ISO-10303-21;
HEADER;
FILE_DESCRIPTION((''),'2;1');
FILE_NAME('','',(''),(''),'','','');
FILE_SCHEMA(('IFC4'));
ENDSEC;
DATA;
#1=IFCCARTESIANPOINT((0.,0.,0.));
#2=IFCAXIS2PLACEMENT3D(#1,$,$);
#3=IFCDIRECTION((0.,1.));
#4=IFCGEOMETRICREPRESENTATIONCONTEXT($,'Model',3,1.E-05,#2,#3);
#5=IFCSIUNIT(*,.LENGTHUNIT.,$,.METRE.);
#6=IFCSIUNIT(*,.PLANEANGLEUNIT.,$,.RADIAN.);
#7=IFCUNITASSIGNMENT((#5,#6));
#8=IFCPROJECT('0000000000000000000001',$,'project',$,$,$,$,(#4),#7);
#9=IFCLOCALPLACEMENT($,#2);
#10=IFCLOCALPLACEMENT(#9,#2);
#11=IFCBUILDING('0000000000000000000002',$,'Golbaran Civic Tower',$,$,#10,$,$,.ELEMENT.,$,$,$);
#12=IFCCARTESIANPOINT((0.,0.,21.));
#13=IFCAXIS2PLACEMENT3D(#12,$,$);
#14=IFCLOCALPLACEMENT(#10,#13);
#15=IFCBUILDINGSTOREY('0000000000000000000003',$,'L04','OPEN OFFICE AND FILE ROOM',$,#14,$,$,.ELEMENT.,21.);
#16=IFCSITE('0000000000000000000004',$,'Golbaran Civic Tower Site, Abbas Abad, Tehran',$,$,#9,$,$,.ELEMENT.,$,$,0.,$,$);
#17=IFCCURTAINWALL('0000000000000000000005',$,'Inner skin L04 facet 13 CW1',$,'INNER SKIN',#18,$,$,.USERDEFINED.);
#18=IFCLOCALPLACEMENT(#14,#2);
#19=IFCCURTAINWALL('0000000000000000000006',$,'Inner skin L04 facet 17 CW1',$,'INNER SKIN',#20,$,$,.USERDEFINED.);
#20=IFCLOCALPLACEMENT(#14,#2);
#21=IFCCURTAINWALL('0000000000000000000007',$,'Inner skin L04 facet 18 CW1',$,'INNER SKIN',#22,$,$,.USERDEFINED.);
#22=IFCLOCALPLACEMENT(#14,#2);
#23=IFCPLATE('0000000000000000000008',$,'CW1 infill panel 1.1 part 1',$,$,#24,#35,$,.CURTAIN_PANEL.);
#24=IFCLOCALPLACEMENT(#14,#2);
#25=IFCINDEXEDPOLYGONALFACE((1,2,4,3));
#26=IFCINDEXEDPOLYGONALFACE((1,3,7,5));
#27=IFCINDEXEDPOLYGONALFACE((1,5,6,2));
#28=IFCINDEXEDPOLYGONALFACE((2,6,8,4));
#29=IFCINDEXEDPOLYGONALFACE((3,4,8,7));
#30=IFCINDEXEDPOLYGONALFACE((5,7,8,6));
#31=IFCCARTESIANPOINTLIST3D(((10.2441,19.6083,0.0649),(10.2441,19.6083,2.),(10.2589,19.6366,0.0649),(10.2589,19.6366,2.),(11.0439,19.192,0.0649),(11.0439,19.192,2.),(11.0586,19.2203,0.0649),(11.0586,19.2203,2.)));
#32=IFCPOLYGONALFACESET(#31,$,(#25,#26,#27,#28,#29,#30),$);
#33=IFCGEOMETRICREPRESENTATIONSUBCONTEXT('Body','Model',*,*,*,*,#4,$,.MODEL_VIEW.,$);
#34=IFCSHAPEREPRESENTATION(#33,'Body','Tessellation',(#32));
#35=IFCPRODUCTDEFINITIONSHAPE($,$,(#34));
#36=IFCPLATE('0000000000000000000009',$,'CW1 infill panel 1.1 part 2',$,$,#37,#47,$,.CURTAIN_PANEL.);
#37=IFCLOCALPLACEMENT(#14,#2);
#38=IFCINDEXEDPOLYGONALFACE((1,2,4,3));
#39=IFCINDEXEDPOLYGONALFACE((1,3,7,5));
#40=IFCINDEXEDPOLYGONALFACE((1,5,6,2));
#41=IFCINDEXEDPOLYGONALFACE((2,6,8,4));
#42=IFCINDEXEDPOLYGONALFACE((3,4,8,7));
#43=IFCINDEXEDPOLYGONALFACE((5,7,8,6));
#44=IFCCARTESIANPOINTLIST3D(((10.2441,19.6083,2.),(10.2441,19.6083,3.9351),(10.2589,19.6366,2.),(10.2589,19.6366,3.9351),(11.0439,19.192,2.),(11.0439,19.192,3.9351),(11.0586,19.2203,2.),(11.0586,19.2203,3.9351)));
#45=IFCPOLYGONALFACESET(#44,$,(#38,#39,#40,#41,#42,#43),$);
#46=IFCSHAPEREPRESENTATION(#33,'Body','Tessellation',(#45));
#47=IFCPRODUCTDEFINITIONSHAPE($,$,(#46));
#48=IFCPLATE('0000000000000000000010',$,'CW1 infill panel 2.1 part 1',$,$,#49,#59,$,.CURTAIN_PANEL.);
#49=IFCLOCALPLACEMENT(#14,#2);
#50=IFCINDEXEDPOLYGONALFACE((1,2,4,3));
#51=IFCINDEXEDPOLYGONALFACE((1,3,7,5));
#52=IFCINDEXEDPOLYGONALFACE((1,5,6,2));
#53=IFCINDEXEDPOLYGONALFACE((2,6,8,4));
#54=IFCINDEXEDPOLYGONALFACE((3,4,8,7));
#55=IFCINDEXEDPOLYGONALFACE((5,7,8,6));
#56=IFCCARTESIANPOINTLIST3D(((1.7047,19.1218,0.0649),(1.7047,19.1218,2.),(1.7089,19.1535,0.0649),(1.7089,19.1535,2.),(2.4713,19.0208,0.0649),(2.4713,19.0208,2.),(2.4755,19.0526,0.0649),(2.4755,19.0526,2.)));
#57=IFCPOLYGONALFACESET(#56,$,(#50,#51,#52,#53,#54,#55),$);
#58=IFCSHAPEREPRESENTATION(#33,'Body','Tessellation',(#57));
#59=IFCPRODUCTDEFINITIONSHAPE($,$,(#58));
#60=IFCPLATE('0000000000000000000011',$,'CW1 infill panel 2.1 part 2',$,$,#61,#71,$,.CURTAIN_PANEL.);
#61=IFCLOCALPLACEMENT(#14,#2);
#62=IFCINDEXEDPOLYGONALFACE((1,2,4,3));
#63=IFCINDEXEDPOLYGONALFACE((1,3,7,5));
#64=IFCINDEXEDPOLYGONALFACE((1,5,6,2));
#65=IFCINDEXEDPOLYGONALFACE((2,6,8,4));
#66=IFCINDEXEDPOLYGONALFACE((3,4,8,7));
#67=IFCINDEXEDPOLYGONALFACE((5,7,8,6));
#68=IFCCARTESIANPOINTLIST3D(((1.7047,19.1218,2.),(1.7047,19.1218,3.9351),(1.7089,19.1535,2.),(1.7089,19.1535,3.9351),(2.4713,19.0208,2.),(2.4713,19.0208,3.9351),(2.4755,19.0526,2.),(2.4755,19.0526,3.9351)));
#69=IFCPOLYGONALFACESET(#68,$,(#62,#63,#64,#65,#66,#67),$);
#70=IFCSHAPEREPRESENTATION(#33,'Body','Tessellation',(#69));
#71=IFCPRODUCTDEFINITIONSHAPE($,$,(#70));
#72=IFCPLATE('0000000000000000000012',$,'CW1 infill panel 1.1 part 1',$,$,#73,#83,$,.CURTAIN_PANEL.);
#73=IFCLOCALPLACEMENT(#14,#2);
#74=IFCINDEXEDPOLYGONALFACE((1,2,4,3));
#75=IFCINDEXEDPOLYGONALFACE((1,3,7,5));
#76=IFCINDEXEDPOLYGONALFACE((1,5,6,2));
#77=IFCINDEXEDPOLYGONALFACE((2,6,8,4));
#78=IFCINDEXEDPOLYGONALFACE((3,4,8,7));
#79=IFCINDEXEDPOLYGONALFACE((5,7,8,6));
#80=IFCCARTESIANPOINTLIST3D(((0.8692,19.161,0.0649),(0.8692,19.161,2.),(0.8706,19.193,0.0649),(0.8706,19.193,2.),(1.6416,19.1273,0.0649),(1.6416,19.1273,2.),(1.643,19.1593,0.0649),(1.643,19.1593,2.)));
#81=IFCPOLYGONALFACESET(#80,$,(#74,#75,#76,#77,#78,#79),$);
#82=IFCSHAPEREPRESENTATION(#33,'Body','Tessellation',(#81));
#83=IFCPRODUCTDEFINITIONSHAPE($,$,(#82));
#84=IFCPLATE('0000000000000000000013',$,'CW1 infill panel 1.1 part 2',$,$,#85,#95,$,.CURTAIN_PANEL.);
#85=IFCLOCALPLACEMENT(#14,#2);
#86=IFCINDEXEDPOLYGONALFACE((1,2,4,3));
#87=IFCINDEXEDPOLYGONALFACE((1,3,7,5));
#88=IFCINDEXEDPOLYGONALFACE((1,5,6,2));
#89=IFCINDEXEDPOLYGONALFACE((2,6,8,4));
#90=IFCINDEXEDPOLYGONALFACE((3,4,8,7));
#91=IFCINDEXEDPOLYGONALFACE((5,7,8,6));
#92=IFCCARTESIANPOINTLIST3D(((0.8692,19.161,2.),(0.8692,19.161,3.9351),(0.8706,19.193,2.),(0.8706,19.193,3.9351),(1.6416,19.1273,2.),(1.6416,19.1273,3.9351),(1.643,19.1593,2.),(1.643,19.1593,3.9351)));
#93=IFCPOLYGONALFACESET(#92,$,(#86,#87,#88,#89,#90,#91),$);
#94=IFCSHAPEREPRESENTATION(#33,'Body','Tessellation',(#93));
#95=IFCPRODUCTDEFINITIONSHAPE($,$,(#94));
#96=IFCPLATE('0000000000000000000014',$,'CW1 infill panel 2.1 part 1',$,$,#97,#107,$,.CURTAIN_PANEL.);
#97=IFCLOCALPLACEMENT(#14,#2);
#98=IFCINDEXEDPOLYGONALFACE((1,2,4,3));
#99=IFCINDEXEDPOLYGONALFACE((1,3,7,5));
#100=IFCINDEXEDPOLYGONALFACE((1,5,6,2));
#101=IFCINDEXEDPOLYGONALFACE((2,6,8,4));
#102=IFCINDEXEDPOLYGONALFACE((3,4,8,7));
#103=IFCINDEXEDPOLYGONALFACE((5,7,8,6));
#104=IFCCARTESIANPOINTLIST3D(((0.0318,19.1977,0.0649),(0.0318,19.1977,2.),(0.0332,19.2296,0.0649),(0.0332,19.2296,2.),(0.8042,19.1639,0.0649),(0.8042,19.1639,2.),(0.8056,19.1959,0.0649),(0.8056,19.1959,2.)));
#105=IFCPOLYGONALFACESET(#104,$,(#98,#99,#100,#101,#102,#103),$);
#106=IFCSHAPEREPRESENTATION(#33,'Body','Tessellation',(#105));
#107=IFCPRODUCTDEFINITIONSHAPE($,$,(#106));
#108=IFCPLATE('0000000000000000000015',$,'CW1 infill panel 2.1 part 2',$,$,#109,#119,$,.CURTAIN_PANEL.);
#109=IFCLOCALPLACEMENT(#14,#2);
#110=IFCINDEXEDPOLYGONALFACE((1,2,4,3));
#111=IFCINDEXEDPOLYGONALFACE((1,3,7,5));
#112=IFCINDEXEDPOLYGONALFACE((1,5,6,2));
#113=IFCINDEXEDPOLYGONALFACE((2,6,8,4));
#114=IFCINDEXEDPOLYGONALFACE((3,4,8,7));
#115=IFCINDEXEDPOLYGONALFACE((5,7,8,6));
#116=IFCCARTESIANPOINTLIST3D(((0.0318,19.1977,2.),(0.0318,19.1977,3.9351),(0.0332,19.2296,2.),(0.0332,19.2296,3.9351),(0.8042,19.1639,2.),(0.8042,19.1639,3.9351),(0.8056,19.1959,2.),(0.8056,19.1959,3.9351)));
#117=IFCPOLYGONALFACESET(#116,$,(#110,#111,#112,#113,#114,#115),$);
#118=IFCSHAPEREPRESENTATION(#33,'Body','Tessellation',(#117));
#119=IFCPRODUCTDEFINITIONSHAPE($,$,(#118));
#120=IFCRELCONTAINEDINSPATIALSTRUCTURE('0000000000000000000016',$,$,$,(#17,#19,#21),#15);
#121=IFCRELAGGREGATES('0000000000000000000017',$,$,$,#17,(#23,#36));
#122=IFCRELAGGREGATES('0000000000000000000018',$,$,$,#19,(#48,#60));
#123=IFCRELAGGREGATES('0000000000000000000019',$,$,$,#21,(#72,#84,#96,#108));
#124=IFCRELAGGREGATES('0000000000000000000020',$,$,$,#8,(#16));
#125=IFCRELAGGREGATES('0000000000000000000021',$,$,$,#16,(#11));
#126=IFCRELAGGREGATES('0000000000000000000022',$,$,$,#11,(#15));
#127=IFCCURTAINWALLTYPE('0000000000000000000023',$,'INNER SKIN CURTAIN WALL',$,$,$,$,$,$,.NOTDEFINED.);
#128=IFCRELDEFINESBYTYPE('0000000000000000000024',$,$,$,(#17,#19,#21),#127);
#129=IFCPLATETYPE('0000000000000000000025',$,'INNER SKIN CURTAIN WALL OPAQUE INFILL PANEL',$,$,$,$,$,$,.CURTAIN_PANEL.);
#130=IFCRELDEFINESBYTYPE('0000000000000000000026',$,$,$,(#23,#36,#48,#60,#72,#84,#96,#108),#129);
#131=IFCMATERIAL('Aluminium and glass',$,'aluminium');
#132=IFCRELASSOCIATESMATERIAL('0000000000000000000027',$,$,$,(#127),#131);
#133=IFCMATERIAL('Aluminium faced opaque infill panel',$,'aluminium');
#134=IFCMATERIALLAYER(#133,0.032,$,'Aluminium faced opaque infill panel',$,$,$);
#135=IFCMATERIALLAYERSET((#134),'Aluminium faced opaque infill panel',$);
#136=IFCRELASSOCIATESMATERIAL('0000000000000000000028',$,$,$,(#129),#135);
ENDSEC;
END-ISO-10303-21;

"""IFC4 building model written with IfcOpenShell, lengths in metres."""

from ifc_helpers import new_model, si_unit, direction, frame, origin, origin_2d, place, context, subcontext, project, spatial, rectangle, extrude, material, layer, layer_set, type_object, element, aggregate, save


model = new_model("IFC4")

# Units and contexts
model_context = context("Model", 3, precision=1e-05, world=origin(), true_north=direction((0.0, 1.0)))
body_context = subcontext(model_context, "Body", "Model", "MODEL_VIEW")
ifc_project = project(units=[si_unit("LENGTHUNIT", "METRE"), si_unit("PLANEANGLEUNIT", "RADIAN")], contexts=[model_context])

# Site, building, storey
site_placement = place(None, origin())
site = spatial("IfcSite", under=ifc_project, at=site_placement, Name="Golbaran Civic Tower Site, Abbas Abad, Tehran", CompositionType="ELEMENT", RefElevation=0.0)
building_placement = place(site_placement, origin())
building = spatial("IfcBuilding", under=site, at=building_placement, Name="Golbaran Civic Tower", CompositionType="ELEMENT")
storey_placement = place(building_placement, frame((0.0, 0.0, 21.0)))
storey = spatial("IfcBuildingStorey", under=building, at=storey_placement, Name="L04", Description="OPEN OFFICE AND FILE ROOM", CompositionType="ELEMENT", Elevation=21.0)

# Curtain wall
ifc_material_1 = material(Name="Aluminium and glass", Category="aluminium")
curtain_wall_type = type_object("IfcCurtainWallType", Name="INNER SKIN CURTAIN WALL", PredefinedType="NOTDEFINED", material=ifc_material_1)
curtain_wall_1_placement = place(storey_placement, origin())
curtain_wall_1 = element("IfcCurtainWall", 1, at=curtain_wall_1_placement, inside=storey, type_object=curtain_wall_type, Name="Inner skin L04 facet 13 CW1", ObjectType="INNER SKIN", PredefinedType="USERDEFINED")

# Curtain walls
curtain_wall_2_placement = place(storey_placement, origin())
curtain_wall_2 = element("IfcCurtainWall", 2, at=curtain_wall_2_placement, inside=storey, type_object=curtain_wall_type, Name="Inner skin L04 facet 17 CW1", ObjectType="INNER SKIN", PredefinedType="USERDEFINED")
curtain_wall_3_placement = place(storey_placement, origin())
curtain_wall_3 = element("IfcCurtainWall", 3, at=curtain_wall_3_placement, inside=storey, type_object=curtain_wall_type, Name="Inner skin L04 facet 18 CW1", ObjectType="INNER SKIN", PredefinedType="USERDEFINED")

# Plates
ifc_material_2 = material(Name="Aluminium faced opaque infill panel", Category="aluminium")
ifc_layer_1 = layer(ifc_material_2, 0.032, Name="Aluminium faced opaque infill panel")
ifc_layer_set_1 = layer_set([ifc_layer_1], Name="Aluminium faced opaque infill panel")
plate_type_1 = type_object("IfcPlateType", Name="INNER SKIN CURTAIN WALL OPAQUE INFILL PANEL", PredefinedType="CURTAIN_PANEL", material=ifc_layer_set_1)
plate_1_placement = place(storey_placement, frame((10.6514, 19.4143, 0.0649), z_axis=(0.0, 0.0, 1.0), x_axis=(-0.887011, 0.461749, 0.0)))
plate_1 = element("IfcPlate", 4, at=plate_1_placement, type_object=plate_type_1, Name="CW1 infill panel 1.1 part 1", PredefinedType="CURTAIN_PANEL", context=body_context, shape_type="SweptSolid", body=[
    extrude(rectangle(XDim=0.9016, YDim=0.032, at=origin_2d()), origin(), (0.0, 0.0, 1.0), 1.9351),
])
plate_2_placement = place(storey_placement, frame((10.6514, 19.4143, 2.0), z_axis=(0.0, 0.0, 1.0), x_axis=(-0.887011, 0.461749, 0.0)))
plate_2 = element("IfcPlate", 5, at=plate_2_placement, type_object=plate_type_1, Name="CW1 infill panel 1.1 part 2", PredefinedType="CURTAIN_PANEL", context=body_context, shape_type="SweptSolid", body=[
    extrude(rectangle(XDim=0.9016, YDim=0.032, at=origin_2d()), origin(), (0.0, 0.0, 1.0), 1.9351),
])
aggregate(curtain_wall_1, [plate_1, plate_2])
plate_3_placement = place(storey_placement, frame((2.0901, 19.0872, 0.0649), z_axis=(0.0, 0.0, 1.0), x_axis=(-0.991445, 0.130526, 0.0)))
plate_3 = element("IfcPlate", 6, at=plate_3_placement, type_object=plate_type_1, Name="CW1 infill panel 2.1 part 1", PredefinedType="CURTAIN_PANEL", context=body_context, shape_type="SweptSolid", body=[
    extrude(rectangle(XDim=0.7732, YDim=0.032, at=origin_2d()), origin(), (0.0, 0.0, 1.0), 1.9351),
])
plate_4_placement = place(storey_placement, frame((2.0901, 19.0872, 2.0), z_axis=(0.0, 0.0, 1.0), x_axis=(-0.991445, 0.130526, 0.0)))
plate_4 = element("IfcPlate", 7, at=plate_4_placement, type_object=plate_type_1, Name="CW1 infill panel 2.1 part 2", PredefinedType="CURTAIN_PANEL", context=body_context, shape_type="SweptSolid", body=[
    extrude(rectangle(XDim=0.7732, YDim=0.032, at=origin_2d()), origin(), (0.0, 0.0, 1.0), 1.9351),
])
aggregate(curtain_wall_2, [plate_3, plate_4])
plate_5_placement = place(storey_placement, frame((1.2561, 19.1602, 0.0649), z_axis=(0.0, 0.0, 1.0), x_axis=(-0.999048, 0.043619, 0.0)))
plate_5 = element("IfcPlate", 8, at=plate_5_placement, type_object=plate_type_1, Name="CW1 infill panel 1.1 part 1", PredefinedType="CURTAIN_PANEL", context=body_context, shape_type="SweptSolid", body=[
    extrude(rectangle(XDim=0.7732, YDim=0.032, at=origin_2d()), origin(), (0.0, 0.0, 1.0), 1.9351),
])
plate_6_placement = place(storey_placement, frame((1.2561, 19.1602, 2.0), z_axis=(0.0, 0.0, 1.0), x_axis=(-0.999048, 0.043619, 0.0)))
plate_6 = element("IfcPlate", 9, at=plate_6_placement, type_object=plate_type_1, Name="CW1 infill panel 1.1 part 2", PredefinedType="CURTAIN_PANEL", context=body_context, shape_type="SweptSolid", body=[
    extrude(rectangle(XDim=0.7732, YDim=0.032, at=origin_2d()), origin(), (0.0, 0.0, 1.0), 1.9351),
])
plate_7_placement = place(storey_placement, frame((0.4187, 19.1968, 0.0649), z_axis=(0.0, 0.0, 1.0), x_axis=(-0.999048, 0.043619, 0.0)))
plate_7 = element("IfcPlate", 10, at=plate_7_placement, type_object=plate_type_1, Name="CW1 infill panel 2.1 part 1", PredefinedType="CURTAIN_PANEL", context=body_context, shape_type="SweptSolid", body=[
    extrude(rectangle(XDim=0.7732, YDim=0.032, at=origin_2d()), origin(), (0.0, 0.0, 1.0), 1.9351),
])
plate_8_placement = place(storey_placement, frame((0.4187, 19.1968, 2.0), z_axis=(0.0, 0.0, 1.0), x_axis=(-0.999048, 0.043619, 0.0)))
plate_8 = element("IfcPlate", 11, at=plate_8_placement, type_object=plate_type_1, Name="CW1 infill panel 2.1 part 2", PredefinedType="CURTAIN_PANEL", context=body_context, shape_type="SweptSolid", body=[
    extrude(rectangle(XDim=0.7732, YDim=0.032, at=origin_2d()), origin(), (0.0, 0.0, 1.0), 1.9351),
])
aggregate(curtain_wall_3, [plate_5, plate_6, plate_7, plate_8])

save(model, "model.ifc")
